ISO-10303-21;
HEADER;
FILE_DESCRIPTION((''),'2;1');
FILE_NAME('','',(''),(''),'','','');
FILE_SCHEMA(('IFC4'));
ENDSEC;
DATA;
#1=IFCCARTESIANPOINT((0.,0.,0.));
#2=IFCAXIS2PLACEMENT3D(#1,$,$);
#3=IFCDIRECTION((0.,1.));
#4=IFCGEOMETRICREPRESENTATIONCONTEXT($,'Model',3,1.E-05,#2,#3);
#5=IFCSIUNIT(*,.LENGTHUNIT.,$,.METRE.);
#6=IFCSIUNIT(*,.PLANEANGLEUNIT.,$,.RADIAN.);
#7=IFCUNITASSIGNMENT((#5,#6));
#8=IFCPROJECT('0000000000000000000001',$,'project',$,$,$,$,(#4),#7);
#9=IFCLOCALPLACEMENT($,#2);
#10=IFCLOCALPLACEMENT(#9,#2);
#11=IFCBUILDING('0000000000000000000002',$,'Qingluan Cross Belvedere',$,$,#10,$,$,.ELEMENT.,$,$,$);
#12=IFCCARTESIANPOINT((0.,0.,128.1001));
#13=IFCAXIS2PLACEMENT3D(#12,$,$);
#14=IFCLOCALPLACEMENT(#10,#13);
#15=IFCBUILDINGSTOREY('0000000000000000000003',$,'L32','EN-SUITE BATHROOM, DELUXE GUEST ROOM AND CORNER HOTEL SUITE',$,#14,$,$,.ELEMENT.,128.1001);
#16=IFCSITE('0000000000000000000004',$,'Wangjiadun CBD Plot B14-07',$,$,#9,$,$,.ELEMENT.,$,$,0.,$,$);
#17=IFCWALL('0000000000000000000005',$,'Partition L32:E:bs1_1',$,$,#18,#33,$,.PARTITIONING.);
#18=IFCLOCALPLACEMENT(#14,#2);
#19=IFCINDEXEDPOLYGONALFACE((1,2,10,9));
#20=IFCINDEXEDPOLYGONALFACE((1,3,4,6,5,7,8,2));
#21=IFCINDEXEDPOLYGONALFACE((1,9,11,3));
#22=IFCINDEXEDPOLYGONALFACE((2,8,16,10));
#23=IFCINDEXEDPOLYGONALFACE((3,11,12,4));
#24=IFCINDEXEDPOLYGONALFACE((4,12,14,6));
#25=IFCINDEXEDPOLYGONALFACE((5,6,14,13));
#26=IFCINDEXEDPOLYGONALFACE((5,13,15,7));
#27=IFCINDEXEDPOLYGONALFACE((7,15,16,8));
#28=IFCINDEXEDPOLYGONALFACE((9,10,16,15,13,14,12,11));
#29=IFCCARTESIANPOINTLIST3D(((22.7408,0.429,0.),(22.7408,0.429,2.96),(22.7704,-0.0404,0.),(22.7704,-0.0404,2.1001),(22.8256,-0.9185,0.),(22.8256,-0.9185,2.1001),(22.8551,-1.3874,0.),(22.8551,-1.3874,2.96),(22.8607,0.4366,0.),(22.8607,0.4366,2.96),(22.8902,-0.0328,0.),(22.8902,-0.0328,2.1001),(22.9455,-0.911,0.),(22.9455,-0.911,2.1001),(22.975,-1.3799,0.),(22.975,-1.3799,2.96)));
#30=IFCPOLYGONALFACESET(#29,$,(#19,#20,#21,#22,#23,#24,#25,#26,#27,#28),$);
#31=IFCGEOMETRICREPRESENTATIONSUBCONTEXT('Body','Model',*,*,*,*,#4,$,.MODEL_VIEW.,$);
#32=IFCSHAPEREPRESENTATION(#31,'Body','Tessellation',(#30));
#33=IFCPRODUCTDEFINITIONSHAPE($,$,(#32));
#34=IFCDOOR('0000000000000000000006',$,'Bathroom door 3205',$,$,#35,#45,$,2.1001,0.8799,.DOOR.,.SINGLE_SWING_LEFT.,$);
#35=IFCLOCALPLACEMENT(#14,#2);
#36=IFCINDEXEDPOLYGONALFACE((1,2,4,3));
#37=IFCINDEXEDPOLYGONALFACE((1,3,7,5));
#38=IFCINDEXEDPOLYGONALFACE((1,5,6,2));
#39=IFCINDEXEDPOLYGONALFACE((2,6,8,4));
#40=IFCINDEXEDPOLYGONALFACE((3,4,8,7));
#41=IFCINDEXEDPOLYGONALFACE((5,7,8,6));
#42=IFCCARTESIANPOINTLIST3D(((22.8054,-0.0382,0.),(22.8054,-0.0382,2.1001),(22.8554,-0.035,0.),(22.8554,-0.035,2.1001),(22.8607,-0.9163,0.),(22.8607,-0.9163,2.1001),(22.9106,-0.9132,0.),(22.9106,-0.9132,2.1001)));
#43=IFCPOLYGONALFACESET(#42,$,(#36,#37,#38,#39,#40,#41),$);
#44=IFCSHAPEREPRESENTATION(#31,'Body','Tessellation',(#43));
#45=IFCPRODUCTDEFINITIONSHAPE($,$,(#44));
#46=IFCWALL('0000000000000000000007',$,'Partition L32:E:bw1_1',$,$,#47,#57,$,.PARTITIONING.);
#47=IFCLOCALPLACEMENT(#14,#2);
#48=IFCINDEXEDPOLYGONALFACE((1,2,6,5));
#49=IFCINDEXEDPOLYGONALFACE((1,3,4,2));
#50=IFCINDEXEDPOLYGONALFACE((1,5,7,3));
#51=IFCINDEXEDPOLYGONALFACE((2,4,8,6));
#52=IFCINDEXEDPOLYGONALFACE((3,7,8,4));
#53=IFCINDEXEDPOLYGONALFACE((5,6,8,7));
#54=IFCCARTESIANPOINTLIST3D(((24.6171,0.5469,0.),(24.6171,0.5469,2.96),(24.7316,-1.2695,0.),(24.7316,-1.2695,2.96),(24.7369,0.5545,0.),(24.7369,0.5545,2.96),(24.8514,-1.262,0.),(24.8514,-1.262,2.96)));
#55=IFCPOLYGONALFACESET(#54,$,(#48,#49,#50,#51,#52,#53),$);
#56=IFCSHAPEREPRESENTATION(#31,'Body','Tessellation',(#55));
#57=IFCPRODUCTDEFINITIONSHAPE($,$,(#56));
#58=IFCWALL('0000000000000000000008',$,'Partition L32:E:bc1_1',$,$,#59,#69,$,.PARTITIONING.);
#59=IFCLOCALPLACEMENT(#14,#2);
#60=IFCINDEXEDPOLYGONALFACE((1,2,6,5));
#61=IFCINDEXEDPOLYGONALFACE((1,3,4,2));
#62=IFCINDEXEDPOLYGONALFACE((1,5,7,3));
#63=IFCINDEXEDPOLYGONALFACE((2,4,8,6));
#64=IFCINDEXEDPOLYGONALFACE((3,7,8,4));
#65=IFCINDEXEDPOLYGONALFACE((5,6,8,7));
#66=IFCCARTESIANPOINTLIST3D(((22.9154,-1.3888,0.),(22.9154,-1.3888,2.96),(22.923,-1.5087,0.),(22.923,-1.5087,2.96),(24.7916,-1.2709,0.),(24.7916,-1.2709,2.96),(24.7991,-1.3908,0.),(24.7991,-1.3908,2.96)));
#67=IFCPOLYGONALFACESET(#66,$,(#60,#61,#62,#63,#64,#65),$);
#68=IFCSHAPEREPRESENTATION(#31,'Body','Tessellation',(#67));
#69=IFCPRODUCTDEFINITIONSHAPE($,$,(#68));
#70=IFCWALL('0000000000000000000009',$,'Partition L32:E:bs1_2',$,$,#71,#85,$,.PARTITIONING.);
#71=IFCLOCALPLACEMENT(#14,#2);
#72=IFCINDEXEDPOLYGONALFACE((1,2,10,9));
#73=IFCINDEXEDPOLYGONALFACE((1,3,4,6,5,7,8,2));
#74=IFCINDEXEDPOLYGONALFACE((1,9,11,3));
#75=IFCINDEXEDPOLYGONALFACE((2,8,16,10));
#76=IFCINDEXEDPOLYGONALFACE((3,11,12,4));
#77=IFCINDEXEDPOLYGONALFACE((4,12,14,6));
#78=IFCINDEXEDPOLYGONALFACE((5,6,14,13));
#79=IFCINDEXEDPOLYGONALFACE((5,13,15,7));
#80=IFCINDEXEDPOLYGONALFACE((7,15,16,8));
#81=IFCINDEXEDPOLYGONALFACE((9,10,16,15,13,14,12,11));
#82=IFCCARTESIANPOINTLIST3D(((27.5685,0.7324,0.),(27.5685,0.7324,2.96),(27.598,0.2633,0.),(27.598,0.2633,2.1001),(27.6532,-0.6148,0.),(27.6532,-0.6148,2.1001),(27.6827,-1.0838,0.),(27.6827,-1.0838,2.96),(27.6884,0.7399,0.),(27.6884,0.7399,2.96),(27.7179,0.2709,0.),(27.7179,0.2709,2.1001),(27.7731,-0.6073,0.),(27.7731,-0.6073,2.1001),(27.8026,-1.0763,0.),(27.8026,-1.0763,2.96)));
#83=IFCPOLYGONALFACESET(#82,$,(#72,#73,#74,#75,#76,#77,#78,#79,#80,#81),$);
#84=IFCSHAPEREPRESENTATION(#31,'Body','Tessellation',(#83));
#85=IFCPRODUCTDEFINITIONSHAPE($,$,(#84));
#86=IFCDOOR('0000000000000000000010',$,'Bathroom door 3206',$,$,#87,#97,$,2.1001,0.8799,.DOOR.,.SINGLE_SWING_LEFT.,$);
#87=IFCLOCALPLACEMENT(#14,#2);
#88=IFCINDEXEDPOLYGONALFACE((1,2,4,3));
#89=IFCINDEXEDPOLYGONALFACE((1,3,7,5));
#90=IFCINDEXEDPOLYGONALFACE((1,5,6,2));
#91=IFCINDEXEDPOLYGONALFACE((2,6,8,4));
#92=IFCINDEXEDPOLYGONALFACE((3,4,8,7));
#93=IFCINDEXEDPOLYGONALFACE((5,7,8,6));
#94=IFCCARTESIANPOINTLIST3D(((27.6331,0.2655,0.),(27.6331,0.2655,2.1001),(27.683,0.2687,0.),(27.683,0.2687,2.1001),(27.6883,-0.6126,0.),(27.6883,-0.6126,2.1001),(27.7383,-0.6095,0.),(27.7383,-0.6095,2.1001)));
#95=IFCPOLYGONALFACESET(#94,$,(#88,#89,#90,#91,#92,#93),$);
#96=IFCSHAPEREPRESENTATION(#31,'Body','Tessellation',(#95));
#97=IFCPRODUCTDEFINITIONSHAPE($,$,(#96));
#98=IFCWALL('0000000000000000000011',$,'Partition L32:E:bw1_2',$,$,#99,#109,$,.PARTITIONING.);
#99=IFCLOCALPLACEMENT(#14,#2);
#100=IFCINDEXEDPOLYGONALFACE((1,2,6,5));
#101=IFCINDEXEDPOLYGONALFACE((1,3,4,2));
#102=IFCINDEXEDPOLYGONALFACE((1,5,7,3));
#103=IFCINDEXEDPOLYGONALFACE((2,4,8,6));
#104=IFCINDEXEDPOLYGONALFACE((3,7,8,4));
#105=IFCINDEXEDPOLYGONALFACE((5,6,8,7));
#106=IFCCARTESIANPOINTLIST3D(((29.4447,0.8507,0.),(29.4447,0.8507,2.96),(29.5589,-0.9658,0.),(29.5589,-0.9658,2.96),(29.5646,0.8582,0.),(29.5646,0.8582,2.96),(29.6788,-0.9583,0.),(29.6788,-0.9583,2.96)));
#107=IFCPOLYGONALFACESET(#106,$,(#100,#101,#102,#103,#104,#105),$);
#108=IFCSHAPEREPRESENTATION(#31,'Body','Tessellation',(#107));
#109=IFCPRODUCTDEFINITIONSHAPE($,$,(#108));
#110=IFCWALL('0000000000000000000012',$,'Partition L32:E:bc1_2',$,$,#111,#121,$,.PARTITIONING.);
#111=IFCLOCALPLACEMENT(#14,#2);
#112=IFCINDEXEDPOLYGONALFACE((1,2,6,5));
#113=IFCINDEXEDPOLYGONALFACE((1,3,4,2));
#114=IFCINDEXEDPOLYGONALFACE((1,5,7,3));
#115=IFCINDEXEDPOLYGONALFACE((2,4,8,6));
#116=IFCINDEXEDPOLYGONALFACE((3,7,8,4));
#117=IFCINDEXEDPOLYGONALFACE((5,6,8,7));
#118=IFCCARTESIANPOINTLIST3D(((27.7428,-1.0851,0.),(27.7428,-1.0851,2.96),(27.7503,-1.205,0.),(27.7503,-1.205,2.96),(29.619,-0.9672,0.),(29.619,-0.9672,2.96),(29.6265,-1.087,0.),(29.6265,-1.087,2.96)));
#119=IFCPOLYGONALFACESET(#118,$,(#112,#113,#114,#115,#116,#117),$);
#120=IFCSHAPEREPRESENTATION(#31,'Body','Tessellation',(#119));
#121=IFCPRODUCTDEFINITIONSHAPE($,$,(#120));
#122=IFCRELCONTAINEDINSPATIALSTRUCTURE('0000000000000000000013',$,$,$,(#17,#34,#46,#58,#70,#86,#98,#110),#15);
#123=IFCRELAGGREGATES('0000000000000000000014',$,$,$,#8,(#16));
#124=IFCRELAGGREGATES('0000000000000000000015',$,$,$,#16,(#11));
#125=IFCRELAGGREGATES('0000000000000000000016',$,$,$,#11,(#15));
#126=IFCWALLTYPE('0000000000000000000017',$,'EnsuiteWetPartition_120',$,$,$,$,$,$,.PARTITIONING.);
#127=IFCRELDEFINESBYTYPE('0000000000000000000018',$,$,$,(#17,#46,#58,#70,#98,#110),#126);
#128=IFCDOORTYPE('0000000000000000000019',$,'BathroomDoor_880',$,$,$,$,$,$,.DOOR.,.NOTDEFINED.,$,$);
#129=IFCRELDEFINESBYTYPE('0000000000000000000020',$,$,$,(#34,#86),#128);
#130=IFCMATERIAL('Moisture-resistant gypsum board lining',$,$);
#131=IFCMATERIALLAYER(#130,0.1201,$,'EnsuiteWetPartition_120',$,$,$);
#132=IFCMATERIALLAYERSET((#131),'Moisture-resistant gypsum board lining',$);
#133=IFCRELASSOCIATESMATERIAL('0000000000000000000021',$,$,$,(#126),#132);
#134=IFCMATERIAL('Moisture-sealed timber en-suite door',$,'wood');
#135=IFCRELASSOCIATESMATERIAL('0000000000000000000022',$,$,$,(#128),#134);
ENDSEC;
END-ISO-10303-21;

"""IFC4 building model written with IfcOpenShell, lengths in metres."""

from ifc_helpers import new_model, si_unit, direction, frame, frame_2d, origin, place, context, subcontext, project, spatial, rectangle, extrude, material, layer, layer_set, type_object, element, fill, save


model = new_model("IFC4")

# Units and contexts
model_context = context("Model", 3, precision=1e-05, world=origin(), true_north=direction((0.0, 1.0)))
body_context = subcontext(model_context, "Body", "Model", "MODEL_VIEW")
ifc_project = project(units=[si_unit("LENGTHUNIT", "METRE"), si_unit("PLANEANGLEUNIT", "RADIAN")], contexts=[model_context])

# Site, building, storey
site_placement = place(None, origin())
site = spatial("IfcSite", under=ifc_project, at=site_placement, Name="Wangjiadun CBD Plot B14-07", CompositionType="ELEMENT", RefElevation=0.0)
building_placement = place(site_placement, origin())
building = spatial("IfcBuilding", under=site, at=building_placement, Name="Qingluan Cross Belvedere", CompositionType="ELEMENT")
storey_placement = place(building_placement, frame((0.0, 0.0, 128.1001)))
storey = spatial("IfcBuildingStorey", under=building, at=storey_placement, Name="L32", Description="EN-SUITE BATHROOM, DELUXE GUEST ROOM AND CORNER HOTEL SUITE", CompositionType="ELEMENT", Elevation=128.1001)

# Shared definitions
ifc_material_1 = material(Name="Moisture-resistant gypsum board lining")
ifc_layer_1 = layer(ifc_material_1, 0.1201, Name="EnsuiteWetPartition_120")
ifc_layer_set_1 = layer_set([ifc_layer_1], Name="Moisture-resistant gypsum board lining")
wall_type_1 = type_object("IfcWallType", Name="EnsuiteWetPartition_120", PredefinedType="PARTITIONING", material=ifc_layer_set_1)
ifc_material_2 = material(Name="Moisture-sealed timber en-suite door", Category="wood")
door_type = type_object("IfcDoorType", Name="BathroomDoor_880", OperationType="NOTDEFINED", PredefinedType="DOOR", material=ifc_material_2)

# Wall, opening, door
wall_1_placement = place(storey_placement, frame((22.915, -1.3838, 0.0), z_axis=(0.0, 0.0, 1.0), x_axis=(-0.062779, 0.998027, 0.0)))
wall_1 = element("IfcWall", 1, at=wall_1_placement, inside=storey, type_object=wall_type_1, Name="Partition L32:E:bs1_1", PredefinedType="PARTITIONING", context=body_context, shape_type="SweptSolid", body=[
    extrude(rectangle(XDim=1.8201, YDim=0.1201, at=frame_2d((0.9102, 0.0))), origin(), (0.0, 0.0, 1.0), 2.96),
])
opening_1_placement = place(wall_1_placement, frame((0.47, 0.0, 0.0)))
opening_1 = element("IfcOpeningElement", 2, at=opening_1_placement, cuts=wall_1, PredefinedType="OPENING", context=body_context, shape_type="SweptSolid", body=[
    extrude(rectangle(XDim=0.8799, YDim=2.1001, at=frame_2d((0.4399, 1.05))), frame((0.0, 0.0701, 0.0), z_axis=(0.0, -1.0, 0.0), x_axis=(1.0, 0.0, 0.0)), (0.0, 0.0, 1.0), 0.1401),
])
door_1_placement = place(opening_1_placement, origin())
door_1 = element("IfcDoor", 3, at=door_1_placement, inside=storey, type_object=door_type, Name="Bathroom door 3205", OperationType="SINGLE_SWING_LEFT", OverallHeight=2.1001, OverallWidth=0.8799, PredefinedType="DOOR", context=body_context, shape_type="SweptSolid", body=[
    extrude(rectangle(XDim=0.8799, YDim=2.1001, at=frame_2d((0.4399, 1.05))), frame((0.0, 0.0249, 0.0), z_axis=(0.0, -1.0, 0.0), x_axis=(1.0, 0.0, 0.0)), (0.0, 0.0, 1.0), 0.05),
])
fill(opening_1, door_1)

# Walls
wall_2_placement = place(storey_placement, frame((24.7915, -1.2659, 0.0), z_axis=(0.0, 0.0, 1.0), x_axis=(-0.062913, 0.998019, 0.0)))
element("IfcWall", 4, at=wall_2_placement, inside=storey, type_object=wall_type_1, Name="Partition L32:E:bw1_1", PredefinedType="PARTITIONING", context=body_context, shape_type="SweptSolid", body=[
    extrude(rectangle(XDim=1.8201, YDim=0.1201, at=frame_2d((0.9102, 0.0))), origin(), (0.0, 0.0, 1.0), 2.96),
])
wall_3_placement = place(storey_placement, frame((22.9192, -1.4487, 0.0), z_axis=(0.0, 0.0, 1.0), x_axis=(0.998031, 0.062726, 0.0)))
element("IfcWall", 5, at=wall_3_placement, inside=storey, type_object=wall_type_1, Name="Partition L32:E:bc1_1", PredefinedType="PARTITIONING", context=body_context, shape_type="SweptSolid", body=[
    extrude(rectangle(XDim=1.8799, YDim=0.1201, at=frame_2d((0.9399, 0.0))), origin(), (0.0, 0.0, 1.0), 2.96),
])

# Wall, opening, door
wall_4_placement = place(storey_placement, frame((27.7427, -1.0801, 0.0), z_axis=(0.0, 0.0, 1.0), x_axis=(-0.062788, 0.998027, 0.0)))
wall_4 = element("IfcWall", 6, at=wall_4_placement, inside=storey, type_object=wall_type_1, Name="Partition L32:E:bs1_2", PredefinedType="PARTITIONING", context=body_context, shape_type="SweptSolid", body=[
    extrude(rectangle(XDim=1.8198, YDim=0.1201, at=frame_2d((0.9099, 0.0))), origin(), (0.0, 0.0, 1.0), 2.96),
])
opening_2_placement = place(wall_4_placement, frame((0.47, 0.0, 0.0)))
opening_2 = element("IfcOpeningElement", 7, at=opening_2_placement, cuts=wall_4, PredefinedType="OPENING", context=body_context, shape_type="SweptSolid", body=[
    extrude(rectangle(XDim=0.8799, YDim=2.1001, at=frame_2d((0.4399, 1.05))), frame((0.0, 0.0701, 0.0), z_axis=(0.0, -1.0, 0.0), x_axis=(1.0, 0.0, 0.0)), (0.0, 0.0, 1.0), 0.1401),
])
door_2_placement = place(opening_2_placement, origin())
door_2 = element("IfcDoor", 8, at=door_2_placement, inside=storey, type_object=door_type, Name="Bathroom door 3206", OperationType="SINGLE_SWING_LEFT", OverallHeight=2.1001, OverallWidth=0.8799, PredefinedType="DOOR", context=body_context, shape_type="SweptSolid", body=[
    extrude(rectangle(XDim=0.8799, YDim=2.1001, at=frame_2d((0.4399, 1.05))), frame((0.0, 0.0249, 0.0), z_axis=(0.0, -1.0, 0.0), x_axis=(1.0, 0.0, 0.0)), (0.0, 0.0, 1.0), 0.05),
])
fill(opening_2, door_2)

# Walls
wall_5_placement = place(storey_placement, frame((29.6189, -0.9622, 0.0), z_axis=(0.0, 0.0, 1.0), x_axis=(-0.062779, 0.998027, 0.0)))
element("IfcWall", 9, at=wall_5_placement, inside=storey, type_object=wall_type_1, Name="Partition L32:E:bw1_2", PredefinedType="PARTITIONING", context=body_context, shape_type="SweptSolid", body=[
    extrude(rectangle(XDim=1.8201, YDim=0.1201, at=frame_2d((0.9102, 0.0))), origin(), (0.0, 0.0, 1.0), 2.96),
])
wall_6_placement = place(storey_placement, frame((27.7466, -1.145, 0.0), z_axis=(0.0, 0.0, 1.0), x_axis=(0.998031, 0.062726, 0.0)))
element("IfcWall", 10, at=wall_6_placement, inside=storey, type_object=wall_type_1, Name="Partition L32:E:bc1_2", PredefinedType="PARTITIONING", context=body_context, shape_type="SweptSolid", body=[
    extrude(rectangle(XDim=1.8799, YDim=0.1201, at=frame_2d((0.9399, 0.0))), origin(), (0.0, 0.0, 1.0), 2.96),
])

save(model, "model.ifc")
